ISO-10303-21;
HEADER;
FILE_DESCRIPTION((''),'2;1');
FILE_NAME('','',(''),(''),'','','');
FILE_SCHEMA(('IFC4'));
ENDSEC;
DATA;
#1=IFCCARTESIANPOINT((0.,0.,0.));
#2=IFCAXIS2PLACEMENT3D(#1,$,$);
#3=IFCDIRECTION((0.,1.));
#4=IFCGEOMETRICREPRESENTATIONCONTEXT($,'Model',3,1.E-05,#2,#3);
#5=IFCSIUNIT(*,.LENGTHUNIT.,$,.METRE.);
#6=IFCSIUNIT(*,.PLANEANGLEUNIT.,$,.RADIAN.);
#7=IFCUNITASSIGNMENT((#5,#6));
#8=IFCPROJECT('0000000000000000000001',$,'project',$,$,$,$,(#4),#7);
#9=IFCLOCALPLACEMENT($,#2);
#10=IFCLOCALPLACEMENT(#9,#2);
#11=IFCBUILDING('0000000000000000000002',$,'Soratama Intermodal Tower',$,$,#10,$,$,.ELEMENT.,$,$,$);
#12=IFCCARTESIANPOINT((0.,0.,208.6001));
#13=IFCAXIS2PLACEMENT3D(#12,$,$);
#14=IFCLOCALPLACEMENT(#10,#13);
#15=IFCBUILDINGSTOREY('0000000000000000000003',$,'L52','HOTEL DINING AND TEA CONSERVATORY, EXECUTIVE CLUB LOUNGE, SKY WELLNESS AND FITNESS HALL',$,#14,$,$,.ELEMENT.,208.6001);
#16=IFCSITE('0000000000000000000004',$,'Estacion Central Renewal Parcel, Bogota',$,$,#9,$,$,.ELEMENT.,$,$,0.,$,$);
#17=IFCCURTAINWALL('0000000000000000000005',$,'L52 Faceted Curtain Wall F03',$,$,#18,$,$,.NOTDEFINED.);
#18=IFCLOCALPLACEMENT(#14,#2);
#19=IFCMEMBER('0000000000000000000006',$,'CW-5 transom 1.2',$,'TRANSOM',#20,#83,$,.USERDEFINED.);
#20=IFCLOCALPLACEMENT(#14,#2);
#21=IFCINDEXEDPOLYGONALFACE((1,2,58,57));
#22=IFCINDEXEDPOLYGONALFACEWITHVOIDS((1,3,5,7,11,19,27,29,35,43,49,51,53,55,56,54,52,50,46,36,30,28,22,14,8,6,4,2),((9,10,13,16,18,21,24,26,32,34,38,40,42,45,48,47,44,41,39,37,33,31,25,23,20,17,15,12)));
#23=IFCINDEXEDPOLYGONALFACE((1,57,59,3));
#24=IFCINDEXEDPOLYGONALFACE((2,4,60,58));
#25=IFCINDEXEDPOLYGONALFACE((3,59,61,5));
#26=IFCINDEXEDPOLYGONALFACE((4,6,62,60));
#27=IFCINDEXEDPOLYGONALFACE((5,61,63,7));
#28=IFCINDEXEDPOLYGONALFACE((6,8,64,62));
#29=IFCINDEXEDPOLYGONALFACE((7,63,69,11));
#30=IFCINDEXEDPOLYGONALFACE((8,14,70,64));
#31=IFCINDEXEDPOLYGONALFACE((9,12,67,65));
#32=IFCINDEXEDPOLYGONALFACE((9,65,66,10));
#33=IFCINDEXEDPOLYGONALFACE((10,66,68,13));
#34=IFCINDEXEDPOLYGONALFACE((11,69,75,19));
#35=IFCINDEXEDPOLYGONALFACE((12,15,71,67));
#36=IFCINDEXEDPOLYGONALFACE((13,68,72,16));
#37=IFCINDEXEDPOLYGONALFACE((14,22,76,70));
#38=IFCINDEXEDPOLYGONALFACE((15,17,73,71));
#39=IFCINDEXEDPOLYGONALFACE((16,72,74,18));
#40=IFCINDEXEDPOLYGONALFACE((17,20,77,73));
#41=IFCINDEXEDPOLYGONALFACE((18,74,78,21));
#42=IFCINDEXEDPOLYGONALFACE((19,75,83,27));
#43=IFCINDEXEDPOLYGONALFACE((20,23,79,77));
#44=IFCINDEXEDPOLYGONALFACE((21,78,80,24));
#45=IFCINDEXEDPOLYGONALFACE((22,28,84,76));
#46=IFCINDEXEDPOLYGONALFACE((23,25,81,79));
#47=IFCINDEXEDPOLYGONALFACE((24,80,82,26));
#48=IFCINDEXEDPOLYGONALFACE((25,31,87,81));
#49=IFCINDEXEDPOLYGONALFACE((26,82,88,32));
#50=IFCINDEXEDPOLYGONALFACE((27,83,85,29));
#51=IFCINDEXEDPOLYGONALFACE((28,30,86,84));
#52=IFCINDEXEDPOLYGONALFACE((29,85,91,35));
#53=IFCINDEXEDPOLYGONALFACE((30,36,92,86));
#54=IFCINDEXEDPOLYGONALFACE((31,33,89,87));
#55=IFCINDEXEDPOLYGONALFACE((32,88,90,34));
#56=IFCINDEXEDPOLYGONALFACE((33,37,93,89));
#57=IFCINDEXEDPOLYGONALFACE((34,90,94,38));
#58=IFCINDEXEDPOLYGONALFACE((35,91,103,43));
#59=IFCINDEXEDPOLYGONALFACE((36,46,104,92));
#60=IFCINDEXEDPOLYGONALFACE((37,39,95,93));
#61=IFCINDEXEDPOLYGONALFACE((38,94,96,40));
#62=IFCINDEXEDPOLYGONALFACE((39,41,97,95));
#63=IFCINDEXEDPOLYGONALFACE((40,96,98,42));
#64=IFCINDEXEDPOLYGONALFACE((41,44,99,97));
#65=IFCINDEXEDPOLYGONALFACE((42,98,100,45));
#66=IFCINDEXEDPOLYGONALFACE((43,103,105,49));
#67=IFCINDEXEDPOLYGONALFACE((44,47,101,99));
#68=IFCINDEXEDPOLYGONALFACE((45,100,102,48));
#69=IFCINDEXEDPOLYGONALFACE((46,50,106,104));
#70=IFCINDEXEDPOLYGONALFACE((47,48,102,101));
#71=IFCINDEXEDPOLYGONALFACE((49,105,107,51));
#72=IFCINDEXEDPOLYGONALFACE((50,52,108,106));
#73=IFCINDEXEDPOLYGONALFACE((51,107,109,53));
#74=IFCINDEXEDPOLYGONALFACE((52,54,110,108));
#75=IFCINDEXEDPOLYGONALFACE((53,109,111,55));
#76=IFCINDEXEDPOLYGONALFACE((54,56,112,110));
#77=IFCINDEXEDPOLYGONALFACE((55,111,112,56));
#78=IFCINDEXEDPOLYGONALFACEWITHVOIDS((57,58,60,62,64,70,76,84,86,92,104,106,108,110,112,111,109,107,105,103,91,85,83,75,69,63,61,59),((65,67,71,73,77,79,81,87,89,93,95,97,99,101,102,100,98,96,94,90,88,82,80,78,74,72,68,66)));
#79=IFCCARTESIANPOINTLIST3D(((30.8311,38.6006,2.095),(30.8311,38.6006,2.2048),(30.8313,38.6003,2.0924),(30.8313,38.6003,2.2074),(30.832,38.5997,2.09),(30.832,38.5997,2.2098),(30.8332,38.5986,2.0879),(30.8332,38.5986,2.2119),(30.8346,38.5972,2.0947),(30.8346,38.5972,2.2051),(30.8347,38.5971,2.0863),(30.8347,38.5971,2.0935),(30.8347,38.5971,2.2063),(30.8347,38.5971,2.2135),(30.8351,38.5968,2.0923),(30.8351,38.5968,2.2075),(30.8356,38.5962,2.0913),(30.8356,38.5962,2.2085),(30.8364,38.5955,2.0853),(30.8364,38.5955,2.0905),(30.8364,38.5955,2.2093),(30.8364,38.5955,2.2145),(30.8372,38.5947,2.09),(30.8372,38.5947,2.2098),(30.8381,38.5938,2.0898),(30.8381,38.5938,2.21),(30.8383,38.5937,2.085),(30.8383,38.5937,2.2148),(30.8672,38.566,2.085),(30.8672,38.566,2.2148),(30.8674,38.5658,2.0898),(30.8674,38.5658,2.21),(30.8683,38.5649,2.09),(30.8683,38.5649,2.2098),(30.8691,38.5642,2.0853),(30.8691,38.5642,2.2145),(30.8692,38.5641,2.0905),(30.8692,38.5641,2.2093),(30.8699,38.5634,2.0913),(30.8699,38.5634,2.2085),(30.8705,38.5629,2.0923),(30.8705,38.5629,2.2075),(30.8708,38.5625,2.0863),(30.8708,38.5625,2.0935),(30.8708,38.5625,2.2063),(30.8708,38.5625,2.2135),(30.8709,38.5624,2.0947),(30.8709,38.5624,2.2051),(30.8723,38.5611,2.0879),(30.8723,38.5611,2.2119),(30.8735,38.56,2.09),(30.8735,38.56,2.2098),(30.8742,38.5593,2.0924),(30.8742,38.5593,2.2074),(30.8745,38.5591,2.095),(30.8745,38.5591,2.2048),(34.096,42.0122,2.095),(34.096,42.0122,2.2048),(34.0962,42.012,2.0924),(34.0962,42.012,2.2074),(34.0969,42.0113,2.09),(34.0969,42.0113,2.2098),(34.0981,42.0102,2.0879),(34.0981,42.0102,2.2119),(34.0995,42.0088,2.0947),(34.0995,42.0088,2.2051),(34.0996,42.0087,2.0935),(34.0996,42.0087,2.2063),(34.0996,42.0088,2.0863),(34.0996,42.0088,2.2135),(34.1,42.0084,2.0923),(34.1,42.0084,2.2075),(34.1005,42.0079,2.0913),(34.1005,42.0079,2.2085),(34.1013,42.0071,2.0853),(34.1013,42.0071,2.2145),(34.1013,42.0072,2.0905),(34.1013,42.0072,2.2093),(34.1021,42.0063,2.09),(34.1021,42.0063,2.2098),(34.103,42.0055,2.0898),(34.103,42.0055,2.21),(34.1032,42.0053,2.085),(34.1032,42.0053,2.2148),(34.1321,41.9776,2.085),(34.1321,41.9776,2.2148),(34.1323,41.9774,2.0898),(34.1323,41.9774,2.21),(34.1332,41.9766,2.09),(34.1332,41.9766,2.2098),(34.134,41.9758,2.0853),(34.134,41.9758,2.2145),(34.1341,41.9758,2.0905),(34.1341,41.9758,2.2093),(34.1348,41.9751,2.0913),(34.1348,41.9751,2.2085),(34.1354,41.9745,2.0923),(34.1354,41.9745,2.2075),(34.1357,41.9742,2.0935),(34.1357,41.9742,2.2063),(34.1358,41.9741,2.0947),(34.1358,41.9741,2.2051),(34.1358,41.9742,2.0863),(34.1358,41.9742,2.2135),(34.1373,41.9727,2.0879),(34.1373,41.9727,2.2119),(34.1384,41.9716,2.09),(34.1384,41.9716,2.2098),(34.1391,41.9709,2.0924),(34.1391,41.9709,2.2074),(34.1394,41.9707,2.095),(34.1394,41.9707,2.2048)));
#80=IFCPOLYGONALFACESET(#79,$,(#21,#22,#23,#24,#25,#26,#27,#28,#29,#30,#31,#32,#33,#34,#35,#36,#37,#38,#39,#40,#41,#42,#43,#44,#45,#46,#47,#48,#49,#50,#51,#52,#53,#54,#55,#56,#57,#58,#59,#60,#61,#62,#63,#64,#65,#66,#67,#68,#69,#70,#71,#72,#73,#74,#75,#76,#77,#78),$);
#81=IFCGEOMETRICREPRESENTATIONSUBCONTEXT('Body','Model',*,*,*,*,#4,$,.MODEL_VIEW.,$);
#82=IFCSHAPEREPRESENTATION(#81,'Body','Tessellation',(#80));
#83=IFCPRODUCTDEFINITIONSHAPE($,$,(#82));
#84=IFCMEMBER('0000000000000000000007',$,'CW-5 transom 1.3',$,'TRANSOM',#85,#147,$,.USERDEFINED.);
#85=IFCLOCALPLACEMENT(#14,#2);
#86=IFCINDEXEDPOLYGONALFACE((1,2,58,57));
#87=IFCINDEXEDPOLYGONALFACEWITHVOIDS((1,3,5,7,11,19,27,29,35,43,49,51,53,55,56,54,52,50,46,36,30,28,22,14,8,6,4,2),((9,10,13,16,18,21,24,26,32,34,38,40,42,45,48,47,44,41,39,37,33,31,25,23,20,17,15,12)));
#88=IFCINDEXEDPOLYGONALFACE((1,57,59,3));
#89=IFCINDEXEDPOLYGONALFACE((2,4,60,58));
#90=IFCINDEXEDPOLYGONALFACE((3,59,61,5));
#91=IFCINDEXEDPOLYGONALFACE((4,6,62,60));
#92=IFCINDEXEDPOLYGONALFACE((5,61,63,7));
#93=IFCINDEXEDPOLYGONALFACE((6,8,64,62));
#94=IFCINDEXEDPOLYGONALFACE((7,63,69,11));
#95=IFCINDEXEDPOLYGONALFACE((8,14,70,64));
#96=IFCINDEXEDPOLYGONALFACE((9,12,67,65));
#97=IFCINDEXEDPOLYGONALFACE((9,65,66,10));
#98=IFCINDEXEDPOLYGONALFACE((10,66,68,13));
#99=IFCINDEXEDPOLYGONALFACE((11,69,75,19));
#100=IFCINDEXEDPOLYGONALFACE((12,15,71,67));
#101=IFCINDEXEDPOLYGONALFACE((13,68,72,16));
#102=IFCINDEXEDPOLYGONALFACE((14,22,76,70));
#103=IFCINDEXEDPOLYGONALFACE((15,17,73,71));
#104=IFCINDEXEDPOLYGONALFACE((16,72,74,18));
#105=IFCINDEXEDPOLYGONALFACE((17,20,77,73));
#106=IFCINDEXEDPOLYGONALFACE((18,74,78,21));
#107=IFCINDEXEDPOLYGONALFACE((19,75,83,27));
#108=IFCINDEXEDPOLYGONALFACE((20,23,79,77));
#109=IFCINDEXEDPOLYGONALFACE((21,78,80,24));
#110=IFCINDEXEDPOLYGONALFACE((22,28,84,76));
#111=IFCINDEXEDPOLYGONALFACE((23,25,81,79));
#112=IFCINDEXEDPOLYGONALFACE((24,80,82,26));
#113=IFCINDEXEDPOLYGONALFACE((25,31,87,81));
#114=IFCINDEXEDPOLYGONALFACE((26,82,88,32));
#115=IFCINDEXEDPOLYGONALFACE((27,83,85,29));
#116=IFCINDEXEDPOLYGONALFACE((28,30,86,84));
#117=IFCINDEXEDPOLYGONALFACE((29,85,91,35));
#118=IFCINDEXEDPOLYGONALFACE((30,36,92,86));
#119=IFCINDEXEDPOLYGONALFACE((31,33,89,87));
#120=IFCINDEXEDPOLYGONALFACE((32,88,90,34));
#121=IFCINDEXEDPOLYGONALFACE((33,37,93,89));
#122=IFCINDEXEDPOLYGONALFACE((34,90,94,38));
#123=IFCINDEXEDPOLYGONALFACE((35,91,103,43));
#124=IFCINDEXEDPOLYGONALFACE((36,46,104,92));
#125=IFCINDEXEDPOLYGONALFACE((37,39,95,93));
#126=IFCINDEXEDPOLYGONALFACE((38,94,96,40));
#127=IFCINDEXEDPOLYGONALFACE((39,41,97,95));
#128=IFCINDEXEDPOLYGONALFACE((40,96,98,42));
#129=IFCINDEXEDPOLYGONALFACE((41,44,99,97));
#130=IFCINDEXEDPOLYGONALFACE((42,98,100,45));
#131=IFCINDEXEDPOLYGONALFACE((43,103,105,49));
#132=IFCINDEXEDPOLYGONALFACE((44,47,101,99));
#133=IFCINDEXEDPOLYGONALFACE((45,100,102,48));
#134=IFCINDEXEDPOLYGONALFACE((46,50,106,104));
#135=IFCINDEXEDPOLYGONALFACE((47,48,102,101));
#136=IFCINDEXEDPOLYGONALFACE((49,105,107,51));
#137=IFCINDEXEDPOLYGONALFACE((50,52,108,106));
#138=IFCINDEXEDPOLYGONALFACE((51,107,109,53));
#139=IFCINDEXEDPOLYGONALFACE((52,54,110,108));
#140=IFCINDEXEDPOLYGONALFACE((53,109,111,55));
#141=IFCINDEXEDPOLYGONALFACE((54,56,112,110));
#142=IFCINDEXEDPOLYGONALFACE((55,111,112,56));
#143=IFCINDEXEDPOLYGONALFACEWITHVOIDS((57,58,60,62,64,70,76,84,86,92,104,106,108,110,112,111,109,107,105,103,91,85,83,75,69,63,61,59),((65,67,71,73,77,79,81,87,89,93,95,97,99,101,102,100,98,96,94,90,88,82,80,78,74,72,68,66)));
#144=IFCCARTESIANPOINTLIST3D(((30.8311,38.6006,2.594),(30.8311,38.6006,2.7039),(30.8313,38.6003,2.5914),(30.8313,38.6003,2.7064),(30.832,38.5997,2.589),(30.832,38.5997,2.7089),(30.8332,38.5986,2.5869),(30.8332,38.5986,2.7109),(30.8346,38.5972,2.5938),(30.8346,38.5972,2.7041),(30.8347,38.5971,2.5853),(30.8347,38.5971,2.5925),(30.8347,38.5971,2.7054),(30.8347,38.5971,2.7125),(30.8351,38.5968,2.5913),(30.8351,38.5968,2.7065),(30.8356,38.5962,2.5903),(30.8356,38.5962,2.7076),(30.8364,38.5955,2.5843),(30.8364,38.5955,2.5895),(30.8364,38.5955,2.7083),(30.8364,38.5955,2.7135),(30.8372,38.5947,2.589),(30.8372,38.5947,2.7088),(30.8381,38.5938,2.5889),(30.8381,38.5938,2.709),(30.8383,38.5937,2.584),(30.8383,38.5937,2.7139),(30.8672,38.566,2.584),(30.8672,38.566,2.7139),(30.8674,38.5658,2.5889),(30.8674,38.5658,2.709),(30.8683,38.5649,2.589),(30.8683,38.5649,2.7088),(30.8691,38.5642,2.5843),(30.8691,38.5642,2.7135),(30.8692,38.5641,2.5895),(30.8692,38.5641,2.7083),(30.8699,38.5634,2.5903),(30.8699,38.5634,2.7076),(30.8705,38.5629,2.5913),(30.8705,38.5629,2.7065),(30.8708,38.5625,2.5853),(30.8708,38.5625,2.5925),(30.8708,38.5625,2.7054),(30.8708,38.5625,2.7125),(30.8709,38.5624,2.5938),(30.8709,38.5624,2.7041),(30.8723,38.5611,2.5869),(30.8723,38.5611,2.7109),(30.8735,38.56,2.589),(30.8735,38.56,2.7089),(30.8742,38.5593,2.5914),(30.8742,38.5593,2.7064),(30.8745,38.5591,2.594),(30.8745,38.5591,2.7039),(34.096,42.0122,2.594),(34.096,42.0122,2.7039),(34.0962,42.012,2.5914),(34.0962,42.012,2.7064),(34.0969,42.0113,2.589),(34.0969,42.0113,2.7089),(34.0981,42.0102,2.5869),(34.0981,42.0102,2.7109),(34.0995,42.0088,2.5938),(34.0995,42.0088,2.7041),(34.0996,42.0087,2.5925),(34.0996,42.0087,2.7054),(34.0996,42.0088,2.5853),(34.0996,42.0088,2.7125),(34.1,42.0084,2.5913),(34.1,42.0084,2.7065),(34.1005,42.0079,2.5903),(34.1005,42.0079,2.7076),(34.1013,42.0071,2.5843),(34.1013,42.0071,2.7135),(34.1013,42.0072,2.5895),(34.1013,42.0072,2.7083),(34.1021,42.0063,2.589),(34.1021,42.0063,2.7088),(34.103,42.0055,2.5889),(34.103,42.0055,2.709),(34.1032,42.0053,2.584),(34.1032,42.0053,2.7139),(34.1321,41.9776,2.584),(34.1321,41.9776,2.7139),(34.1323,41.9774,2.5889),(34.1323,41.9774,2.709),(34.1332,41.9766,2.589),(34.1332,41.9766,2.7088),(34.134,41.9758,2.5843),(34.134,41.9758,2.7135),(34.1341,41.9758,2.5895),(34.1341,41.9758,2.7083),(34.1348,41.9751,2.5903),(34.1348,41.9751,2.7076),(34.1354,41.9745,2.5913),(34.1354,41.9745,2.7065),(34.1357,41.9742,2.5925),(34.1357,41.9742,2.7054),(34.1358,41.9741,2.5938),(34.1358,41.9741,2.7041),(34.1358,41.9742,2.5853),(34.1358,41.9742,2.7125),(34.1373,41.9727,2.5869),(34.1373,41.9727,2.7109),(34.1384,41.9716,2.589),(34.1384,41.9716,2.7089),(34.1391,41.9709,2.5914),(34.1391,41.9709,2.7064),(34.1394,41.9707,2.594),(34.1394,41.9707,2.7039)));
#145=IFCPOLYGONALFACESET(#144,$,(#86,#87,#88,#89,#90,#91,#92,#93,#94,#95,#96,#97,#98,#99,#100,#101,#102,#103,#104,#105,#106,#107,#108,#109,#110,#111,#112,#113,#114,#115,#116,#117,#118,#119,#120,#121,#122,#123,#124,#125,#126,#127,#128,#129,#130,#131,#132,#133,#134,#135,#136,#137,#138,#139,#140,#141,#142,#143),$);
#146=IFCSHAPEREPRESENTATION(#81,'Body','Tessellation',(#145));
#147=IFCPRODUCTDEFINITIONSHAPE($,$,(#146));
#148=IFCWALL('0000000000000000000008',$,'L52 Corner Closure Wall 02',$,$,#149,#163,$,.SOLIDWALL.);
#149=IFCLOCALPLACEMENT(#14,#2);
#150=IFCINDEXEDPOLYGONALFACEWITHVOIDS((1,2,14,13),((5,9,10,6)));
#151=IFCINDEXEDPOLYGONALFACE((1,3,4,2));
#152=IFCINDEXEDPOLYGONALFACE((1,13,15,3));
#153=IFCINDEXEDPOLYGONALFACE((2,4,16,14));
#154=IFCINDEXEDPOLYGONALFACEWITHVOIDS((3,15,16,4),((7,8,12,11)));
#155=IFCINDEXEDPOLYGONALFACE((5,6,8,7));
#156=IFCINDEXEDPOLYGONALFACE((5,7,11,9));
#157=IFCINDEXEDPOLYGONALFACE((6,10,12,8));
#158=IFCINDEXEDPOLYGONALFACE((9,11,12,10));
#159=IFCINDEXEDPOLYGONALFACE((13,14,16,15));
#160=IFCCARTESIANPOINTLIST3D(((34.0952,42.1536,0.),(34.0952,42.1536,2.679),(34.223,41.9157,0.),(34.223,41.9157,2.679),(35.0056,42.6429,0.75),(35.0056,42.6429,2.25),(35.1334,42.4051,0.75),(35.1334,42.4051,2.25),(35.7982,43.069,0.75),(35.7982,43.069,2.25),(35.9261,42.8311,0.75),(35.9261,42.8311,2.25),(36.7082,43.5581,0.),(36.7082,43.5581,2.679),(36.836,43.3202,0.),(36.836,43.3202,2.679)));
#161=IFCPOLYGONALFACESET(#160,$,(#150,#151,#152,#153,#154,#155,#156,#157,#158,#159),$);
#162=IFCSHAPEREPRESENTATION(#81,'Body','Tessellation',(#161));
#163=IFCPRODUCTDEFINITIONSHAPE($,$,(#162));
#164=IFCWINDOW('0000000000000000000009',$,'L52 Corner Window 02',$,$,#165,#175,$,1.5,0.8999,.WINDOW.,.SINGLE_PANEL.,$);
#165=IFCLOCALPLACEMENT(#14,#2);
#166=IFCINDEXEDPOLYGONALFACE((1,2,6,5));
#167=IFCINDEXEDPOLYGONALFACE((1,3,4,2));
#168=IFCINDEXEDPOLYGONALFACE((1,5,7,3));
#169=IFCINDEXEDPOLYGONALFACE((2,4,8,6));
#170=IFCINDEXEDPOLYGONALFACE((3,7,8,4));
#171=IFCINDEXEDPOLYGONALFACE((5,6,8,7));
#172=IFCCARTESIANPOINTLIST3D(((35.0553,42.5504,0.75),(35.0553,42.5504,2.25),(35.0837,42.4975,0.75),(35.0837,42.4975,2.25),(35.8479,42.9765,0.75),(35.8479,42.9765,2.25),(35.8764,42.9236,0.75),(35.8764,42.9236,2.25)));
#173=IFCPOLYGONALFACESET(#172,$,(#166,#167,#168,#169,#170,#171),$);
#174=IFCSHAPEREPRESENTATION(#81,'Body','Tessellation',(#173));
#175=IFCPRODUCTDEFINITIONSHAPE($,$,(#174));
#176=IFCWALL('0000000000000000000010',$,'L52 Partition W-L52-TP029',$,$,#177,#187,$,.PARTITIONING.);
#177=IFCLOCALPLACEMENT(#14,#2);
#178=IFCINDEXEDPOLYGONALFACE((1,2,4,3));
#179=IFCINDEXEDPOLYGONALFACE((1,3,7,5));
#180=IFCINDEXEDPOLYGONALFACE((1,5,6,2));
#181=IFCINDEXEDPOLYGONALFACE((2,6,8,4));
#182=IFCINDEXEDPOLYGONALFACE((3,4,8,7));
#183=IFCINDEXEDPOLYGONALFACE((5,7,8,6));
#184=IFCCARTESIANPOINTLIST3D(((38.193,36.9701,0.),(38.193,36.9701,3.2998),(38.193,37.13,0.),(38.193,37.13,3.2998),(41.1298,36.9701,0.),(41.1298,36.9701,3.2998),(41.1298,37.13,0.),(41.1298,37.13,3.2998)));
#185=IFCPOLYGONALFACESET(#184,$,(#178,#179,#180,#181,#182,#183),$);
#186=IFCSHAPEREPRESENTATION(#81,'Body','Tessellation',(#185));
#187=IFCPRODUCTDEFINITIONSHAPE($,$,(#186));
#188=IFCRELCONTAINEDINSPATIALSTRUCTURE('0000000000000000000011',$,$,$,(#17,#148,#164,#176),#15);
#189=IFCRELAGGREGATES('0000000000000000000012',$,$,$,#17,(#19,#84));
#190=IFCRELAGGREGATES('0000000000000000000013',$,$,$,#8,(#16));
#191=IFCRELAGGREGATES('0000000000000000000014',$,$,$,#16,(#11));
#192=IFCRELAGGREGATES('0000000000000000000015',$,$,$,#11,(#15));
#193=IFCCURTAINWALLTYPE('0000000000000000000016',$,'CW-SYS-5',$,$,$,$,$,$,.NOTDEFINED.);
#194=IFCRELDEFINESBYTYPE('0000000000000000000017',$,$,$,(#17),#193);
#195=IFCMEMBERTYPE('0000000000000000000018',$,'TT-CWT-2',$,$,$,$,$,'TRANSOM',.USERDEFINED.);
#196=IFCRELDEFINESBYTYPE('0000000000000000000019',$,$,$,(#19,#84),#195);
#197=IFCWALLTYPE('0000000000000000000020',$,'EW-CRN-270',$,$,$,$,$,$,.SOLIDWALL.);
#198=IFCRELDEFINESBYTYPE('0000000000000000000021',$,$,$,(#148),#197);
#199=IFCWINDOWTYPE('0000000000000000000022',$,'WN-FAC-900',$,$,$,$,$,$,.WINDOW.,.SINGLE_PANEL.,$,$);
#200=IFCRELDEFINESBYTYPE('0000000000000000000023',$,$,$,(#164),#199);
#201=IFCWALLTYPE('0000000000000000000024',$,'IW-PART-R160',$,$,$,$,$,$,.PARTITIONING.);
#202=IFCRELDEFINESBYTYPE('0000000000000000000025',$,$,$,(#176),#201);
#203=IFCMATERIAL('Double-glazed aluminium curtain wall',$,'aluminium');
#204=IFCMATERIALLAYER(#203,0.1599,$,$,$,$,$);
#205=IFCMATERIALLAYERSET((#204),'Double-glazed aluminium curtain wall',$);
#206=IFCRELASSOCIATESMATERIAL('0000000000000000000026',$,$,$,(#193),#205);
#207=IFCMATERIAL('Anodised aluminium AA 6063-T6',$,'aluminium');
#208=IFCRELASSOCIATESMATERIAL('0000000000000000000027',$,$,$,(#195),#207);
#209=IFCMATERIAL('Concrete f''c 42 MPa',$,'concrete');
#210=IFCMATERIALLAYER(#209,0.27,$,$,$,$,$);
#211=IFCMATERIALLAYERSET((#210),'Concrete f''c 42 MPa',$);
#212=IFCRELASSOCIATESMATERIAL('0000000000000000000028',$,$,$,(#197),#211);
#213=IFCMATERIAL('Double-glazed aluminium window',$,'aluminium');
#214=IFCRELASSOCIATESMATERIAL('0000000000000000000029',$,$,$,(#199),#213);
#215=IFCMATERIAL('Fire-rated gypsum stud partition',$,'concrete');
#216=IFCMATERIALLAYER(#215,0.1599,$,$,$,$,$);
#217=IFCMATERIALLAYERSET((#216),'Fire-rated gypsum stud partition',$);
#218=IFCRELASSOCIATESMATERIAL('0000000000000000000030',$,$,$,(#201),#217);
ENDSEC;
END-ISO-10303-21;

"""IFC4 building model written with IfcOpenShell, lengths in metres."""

from ifc_helpers import new_model, si_unit, direction, frame, frame_2d, origin, origin_2d, place, context, subcontext, project, spatial, rectangle, hollow_rectangle, extrude, material, layer, layer_set, material_profile, profile_set, type_object, element, fill, aggregate, save


model = new_model("IFC4")

# Units and contexts
model_context = context("Model", 3, precision=1e-05, world=origin(), true_north=direction((0.0, 1.0)))
body_context = subcontext(model_context, "Body", "Model", "MODEL_VIEW")
ifc_project = project(units=[si_unit("LENGTHUNIT", "METRE"), si_unit("PLANEANGLEUNIT", "RADIAN")], contexts=[model_context])

# Site, building, storey
site_placement = place(None, origin())
site = spatial("IfcSite", under=ifc_project, at=site_placement, Name="Estacion Central Renewal Parcel, Bogota", CompositionType="ELEMENT", RefElevation=0.0)
building_placement = place(site_placement, origin())
building = spatial("IfcBuilding", under=site, at=building_placement, Name="Soratama Intermodal Tower", CompositionType="ELEMENT")
storey_placement = place(building_placement, frame((0.0, 0.0, 208.6001)))
storey = spatial("IfcBuildingStorey", under=building, at=storey_placement, Name="L52", Description="HOTEL DINING AND TEA CONSERVATORY, EXECUTIVE CLUB LOUNGE, SKY WELLNESS AND FITNESS HALL", CompositionType="ELEMENT", Elevation=208.6001)

# Curtain wall, members
ifc_material_1 = material(Name="Double-glazed aluminium curtain wall", Category="aluminium")
ifc_layer_1 = layer(ifc_material_1, 0.1599)
ifc_layer_set_1 = layer_set([ifc_layer_1], Name="Double-glazed aluminium curtain wall")
curtain_wall_type = type_object("IfcCurtainWallType", Name="CW-SYS-5", PredefinedType="NOTDEFINED", material=ifc_layer_set_1)
curtain_wall_placement = place(storey_placement, origin())
curtain_wall = element("IfcCurtainWall", 1, at=curtain_wall_placement, inside=storey, type_object=curtain_wall_type, Name="L52 Faceted Curtain Wall F03", PredefinedType="NOTDEFINED")
ifc_material_2 = material(Name="Anodised aluminium AA 6063-T6", Category="aluminium")
ifc_material_profile_1 = material_profile(ifc_material_2, hollow_rectangle(XDim=0.0601, YDim=0.1299, WallThickness=0.0049, InnerFilletRadius=0.0049, OuterFilletRadius=0.01, at=origin_2d()), Name="CWT130X60X5")
ifc_profile_set_1 = profile_set([ifc_material_profile_1], Name="Anodised aluminium AA 6063-T6")
member_type_1 = type_object("IfcMemberType", Name="TT-CWT-2", ElementType="TRANSOM", PredefinedType="USERDEFINED", material=ifc_profile_set_1)
member_1_placement = place(storey_placement, frame((34.1177, 41.9915, 2.1499), z_axis=(-0.6914, -0.722472, 0.0), x_axis=(0.722472, -0.6914, 0.0)))
member_1 = element("IfcMember", 2, at=member_1_placement, type_object=member_type_1, Name="CW-5 transom 1.2", ObjectType="TRANSOM", PredefinedType="USERDEFINED", context=body_context, shape_type="SweptSolid", body=[
    extrude(hollow_rectangle(XDim=0.0601, YDim=0.1299, WallThickness=0.0049, InnerFilletRadius=0.0049, OuterFilletRadius=0.01, at=origin_2d()), origin(), (0.0, 0.0, 1.0), 4.7222),
])
member_2_placement = place(storey_placement, frame((34.1177, 41.9915, 2.6489), z_axis=(-0.6914, -0.722472, 0.0), x_axis=(0.722472, -0.6914, 0.0)))
member_2 = element("IfcMember", 3, at=member_2_placement, type_object=member_type_1, Name="CW-5 transom 1.3", ObjectType="TRANSOM", PredefinedType="USERDEFINED", context=body_context, shape_type="SweptSolid", body=[
    extrude(hollow_rectangle(XDim=0.0601, YDim=0.1299, WallThickness=0.0049, InnerFilletRadius=0.0049, OuterFilletRadius=0.01, at=origin_2d()), origin(), (0.0, 0.0, 1.0), 4.7222),
])
aggregate(curtain_wall, [member_1, member_2])

# Wall, opening, window
ifc_material_3 = material(Name="Concrete f'c 42 MPa", Category="concrete")
ifc_layer_2 = layer(ifc_material_3, 0.27)
ifc_layer_set_2 = layer_set([ifc_layer_2], Name="Concrete f'c 42 MPa")
wall_type_1 = type_object("IfcWallType", Name="EW-CRN-270", PredefinedType="SOLIDWALL", material=ifc_layer_set_2)
wall_1_placement = place(storey_placement, frame((36.7722, 43.4392, 0.0), z_axis=(0.0, 0.0, 1.0), x_axis=(-0.88082, -0.473452, 0.0)))
wall_1 = element("IfcWall", 4, at=wall_1_placement, inside=storey, type_object=wall_type_1, Name="L52 Corner Closure Wall 02", PredefinedType="SOLIDWALL", context=body_context, shape_type="SweptSolid", body=[
    extrude(rectangle(XDim=2.9666, YDim=0.27, at=frame_2d((1.4834, 0.0))), origin(), (0.0, 0.0, 1.0), 2.679),
])
opening_1_placement = place(wall_1_placement, frame((1.0332, 0.0, 0.75)))
opening_1 = element("IfcOpeningElement", 5, at=opening_1_placement, cuts=wall_1, PredefinedType="OPENING", context=body_context, shape_type="SweptSolid", body=[
    extrude(rectangle(XDim=0.8999, YDim=1.5, at=frame_2d((0.45, 0.75))), frame((0.0, 0.145, 0.0), z_axis=(0.0, -1.0, 0.0), x_axis=(1.0, 0.0, 0.0)), (0.0, 0.0, 1.0), 0.29),
])
ifc_material_4 = material(Name="Double-glazed aluminium window", Category="aluminium")
window_type = type_object("IfcWindowType", Name="WN-FAC-900", PartitioningType="SINGLE_PANEL", PredefinedType="WINDOW", material=ifc_material_4)
window_placement = place(opening_1_placement, origin())
window = element("IfcWindow", 6, at=window_placement, inside=storey, type_object=window_type, Name="L52 Corner Window 02", OverallHeight=1.5, OverallWidth=0.8999, PartitioningType="SINGLE_PANEL", PredefinedType="WINDOW", context=body_context, shape_type="SweptSolid", body=[
    extrude(rectangle(XDim=0.8999, YDim=1.5, at=frame_2d((0.45, 0.75))), frame((0.0, 0.03, 0.0), z_axis=(0.0, -1.0, 0.0), x_axis=(1.0, 0.0, 0.0)), (0.0, 0.0, 1.0), 0.0601),
])
fill(opening_1, window)

# Shared definitions
ifc_material_5 = material(Name="Fire-rated gypsum stud partition", Category="concrete")
ifc_layer_3 = layer(ifc_material_5, 0.1599)
ifc_layer_set_3 = layer_set([ifc_layer_3], Name="Fire-rated gypsum stud partition")
wall_type_2 = type_object("IfcWallType", Name="IW-PART-R160", PredefinedType="PARTITIONING", material=ifc_layer_set_3)

# Wall
wall_2_placement = place(storey_placement, frame((38.1931, 37.05, 0.0), z_axis=(0.0, 0.0, 1.0), x_axis=(1.0, 0.0, 0.0)))
element("IfcWall", 7, at=wall_2_placement, inside=storey, type_object=wall_type_2, Name="L52 Partition W-L52-TP029", PredefinedType="PARTITIONING", context=body_context, shape_type="SweptSolid", body=[
    extrude(rectangle(XDim=2.9368, YDim=0.1599, at=frame_2d((1.4683, 0.0))), origin(), (0.0, 0.0, 1.0), 3.2998),
])

save(model, "model.ifc")
